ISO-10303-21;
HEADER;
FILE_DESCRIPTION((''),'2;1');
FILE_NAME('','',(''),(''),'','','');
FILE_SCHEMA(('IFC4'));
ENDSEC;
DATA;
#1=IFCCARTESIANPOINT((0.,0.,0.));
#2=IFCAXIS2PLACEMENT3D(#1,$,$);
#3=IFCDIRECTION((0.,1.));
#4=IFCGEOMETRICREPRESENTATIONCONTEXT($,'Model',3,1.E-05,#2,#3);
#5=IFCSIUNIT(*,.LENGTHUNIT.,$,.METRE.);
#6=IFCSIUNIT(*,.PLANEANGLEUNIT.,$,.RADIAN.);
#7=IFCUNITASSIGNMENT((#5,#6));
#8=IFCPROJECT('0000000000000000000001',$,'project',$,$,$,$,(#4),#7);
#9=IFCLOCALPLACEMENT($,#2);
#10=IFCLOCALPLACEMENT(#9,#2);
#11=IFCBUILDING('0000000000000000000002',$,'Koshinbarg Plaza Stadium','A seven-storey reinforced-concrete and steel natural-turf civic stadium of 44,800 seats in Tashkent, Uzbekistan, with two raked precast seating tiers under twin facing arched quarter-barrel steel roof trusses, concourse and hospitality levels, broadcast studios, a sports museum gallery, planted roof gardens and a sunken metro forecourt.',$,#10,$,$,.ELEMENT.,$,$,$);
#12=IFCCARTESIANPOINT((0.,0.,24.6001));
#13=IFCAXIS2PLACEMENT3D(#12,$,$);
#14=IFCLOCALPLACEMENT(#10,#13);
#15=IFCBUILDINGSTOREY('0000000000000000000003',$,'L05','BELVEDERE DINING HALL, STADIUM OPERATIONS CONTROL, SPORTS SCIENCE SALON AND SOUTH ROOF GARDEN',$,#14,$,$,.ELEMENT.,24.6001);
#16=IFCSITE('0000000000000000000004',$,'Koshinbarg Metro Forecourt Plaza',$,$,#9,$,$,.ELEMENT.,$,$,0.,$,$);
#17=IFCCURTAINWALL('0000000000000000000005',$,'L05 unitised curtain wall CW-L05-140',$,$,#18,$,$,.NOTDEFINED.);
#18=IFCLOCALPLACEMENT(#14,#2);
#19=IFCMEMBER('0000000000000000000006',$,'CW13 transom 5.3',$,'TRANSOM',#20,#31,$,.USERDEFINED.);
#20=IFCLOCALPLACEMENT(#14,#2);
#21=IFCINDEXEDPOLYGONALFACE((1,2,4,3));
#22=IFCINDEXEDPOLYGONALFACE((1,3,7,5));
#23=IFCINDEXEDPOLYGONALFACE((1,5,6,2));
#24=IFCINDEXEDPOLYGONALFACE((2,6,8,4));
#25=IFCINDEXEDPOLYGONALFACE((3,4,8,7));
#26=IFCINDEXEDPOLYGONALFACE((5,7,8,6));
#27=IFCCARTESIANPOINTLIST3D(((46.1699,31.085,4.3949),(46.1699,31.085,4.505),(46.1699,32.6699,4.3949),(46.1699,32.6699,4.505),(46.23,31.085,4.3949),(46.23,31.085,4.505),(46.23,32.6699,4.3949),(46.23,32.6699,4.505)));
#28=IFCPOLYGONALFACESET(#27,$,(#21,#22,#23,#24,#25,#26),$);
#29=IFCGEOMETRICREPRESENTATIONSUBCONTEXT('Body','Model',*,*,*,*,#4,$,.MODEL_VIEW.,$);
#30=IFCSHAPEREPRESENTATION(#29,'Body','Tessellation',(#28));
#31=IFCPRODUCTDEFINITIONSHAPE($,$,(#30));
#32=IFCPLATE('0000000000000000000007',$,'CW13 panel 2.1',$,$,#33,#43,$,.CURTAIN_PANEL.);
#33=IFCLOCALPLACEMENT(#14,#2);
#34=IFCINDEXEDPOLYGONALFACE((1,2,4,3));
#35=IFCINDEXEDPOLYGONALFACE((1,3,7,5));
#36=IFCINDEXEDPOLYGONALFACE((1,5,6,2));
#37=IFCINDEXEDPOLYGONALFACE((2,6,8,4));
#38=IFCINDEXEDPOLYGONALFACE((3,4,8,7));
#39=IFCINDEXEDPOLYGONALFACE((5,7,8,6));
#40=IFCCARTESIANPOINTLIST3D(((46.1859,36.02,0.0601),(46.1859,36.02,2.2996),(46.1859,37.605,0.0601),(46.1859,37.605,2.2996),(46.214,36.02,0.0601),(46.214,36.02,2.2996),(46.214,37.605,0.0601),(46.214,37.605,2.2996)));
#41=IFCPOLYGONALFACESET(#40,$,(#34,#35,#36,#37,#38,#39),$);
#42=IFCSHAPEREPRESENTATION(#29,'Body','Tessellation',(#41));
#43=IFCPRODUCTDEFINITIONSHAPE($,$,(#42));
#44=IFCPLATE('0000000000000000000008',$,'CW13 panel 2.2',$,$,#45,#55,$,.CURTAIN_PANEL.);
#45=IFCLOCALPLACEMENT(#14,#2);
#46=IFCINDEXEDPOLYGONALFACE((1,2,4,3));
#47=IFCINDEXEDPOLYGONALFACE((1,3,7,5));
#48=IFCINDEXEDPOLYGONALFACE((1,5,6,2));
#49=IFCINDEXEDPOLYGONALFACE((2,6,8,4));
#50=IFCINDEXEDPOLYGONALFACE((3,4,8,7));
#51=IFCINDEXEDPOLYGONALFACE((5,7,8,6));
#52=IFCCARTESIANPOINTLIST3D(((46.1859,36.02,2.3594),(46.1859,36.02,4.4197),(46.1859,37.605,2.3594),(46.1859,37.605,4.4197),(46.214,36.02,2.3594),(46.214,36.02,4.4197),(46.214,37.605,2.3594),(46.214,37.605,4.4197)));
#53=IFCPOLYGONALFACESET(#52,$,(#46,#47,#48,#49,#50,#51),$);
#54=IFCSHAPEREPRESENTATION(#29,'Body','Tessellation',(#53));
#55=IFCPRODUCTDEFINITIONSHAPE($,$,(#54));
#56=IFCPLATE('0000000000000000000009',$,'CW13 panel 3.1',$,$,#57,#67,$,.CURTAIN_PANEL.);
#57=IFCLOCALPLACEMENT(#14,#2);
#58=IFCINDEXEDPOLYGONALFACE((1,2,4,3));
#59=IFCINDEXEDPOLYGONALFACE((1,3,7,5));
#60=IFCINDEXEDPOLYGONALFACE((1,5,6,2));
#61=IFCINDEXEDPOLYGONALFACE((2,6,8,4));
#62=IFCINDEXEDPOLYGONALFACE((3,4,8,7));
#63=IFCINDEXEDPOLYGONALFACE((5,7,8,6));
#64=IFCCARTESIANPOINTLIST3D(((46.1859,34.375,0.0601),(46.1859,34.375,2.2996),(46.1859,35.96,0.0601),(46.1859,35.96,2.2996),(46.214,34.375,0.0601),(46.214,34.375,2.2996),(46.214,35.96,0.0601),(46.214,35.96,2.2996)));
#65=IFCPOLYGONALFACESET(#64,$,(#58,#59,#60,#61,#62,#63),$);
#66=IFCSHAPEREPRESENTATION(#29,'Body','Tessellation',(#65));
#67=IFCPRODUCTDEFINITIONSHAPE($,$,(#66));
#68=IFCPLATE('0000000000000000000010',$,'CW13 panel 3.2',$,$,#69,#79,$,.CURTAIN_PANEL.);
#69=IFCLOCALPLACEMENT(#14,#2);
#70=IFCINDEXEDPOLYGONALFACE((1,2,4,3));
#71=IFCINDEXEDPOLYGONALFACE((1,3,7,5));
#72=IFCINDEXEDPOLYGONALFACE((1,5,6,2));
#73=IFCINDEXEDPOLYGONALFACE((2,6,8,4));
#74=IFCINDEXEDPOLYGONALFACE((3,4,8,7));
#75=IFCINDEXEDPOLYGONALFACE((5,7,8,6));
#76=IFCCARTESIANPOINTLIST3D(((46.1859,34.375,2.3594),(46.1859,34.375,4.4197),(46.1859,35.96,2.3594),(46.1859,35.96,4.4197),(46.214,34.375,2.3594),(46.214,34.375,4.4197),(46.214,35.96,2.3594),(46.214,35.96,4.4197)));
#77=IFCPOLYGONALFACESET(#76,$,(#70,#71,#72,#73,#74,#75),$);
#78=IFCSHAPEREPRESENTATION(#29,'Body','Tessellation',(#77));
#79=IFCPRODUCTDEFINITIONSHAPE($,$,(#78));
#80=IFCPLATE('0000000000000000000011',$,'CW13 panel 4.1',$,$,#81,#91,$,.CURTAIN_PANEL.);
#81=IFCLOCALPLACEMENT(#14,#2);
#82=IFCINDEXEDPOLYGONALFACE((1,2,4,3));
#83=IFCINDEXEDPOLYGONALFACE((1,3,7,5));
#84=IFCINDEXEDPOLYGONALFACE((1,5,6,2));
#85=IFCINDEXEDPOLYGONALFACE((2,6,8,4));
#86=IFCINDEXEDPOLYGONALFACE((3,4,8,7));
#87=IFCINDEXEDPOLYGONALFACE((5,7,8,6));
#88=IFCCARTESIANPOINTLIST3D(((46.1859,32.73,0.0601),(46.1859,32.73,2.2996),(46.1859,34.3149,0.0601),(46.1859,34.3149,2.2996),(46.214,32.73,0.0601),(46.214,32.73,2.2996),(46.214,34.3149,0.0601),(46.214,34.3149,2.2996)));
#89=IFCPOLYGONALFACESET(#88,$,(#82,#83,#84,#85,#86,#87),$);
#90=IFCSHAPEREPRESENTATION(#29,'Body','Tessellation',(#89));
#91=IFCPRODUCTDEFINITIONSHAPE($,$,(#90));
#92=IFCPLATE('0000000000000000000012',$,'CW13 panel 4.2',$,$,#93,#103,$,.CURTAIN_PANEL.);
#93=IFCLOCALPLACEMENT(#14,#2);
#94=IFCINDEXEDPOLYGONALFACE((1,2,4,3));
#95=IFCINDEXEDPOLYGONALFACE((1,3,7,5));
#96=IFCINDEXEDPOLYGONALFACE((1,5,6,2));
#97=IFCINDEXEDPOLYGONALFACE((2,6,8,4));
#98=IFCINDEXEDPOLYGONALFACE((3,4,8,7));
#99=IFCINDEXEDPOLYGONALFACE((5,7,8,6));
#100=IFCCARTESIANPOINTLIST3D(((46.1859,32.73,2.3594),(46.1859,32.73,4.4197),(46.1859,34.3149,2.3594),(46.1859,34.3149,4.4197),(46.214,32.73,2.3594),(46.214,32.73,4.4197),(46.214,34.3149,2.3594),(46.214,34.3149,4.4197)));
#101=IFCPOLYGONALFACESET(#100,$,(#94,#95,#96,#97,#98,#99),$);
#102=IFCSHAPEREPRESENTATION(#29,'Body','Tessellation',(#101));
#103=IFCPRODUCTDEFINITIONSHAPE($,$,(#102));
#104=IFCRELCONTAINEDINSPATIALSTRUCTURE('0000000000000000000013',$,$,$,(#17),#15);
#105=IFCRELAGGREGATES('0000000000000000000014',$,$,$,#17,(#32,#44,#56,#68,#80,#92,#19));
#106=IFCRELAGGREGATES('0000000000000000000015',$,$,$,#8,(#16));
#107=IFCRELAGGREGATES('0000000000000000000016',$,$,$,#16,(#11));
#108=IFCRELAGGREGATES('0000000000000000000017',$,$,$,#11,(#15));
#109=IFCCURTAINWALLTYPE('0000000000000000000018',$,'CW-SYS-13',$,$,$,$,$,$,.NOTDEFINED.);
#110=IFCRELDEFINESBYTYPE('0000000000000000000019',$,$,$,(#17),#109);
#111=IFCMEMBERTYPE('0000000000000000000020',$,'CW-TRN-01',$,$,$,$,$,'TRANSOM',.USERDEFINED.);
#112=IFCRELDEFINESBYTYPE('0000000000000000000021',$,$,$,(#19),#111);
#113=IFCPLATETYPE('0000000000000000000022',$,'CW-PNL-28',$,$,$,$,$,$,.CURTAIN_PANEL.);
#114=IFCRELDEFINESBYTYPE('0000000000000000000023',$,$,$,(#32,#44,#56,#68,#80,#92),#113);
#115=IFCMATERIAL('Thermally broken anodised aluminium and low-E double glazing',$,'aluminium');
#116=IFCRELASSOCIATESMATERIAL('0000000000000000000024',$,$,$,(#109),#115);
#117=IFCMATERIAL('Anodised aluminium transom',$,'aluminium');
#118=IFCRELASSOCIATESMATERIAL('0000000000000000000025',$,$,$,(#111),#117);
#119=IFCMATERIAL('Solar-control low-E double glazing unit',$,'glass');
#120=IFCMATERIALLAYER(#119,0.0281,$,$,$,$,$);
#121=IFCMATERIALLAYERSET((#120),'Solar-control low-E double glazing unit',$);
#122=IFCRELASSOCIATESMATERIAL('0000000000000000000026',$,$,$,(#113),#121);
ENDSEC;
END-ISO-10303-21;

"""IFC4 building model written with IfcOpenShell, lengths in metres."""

from ifc_helpers import new_model, si_unit, direction, frame, origin, origin_2d, place, context, subcontext, project, spatial, rectangle, extrude, material, layer, layer_set, material_profile, profile_set, type_object, element, aggregate, save


model = new_model("IFC4")

# Units and contexts
model_context = context("Model", 3, precision=1e-05, world=origin(), true_north=direction((0.0, 1.0)))
body_context = subcontext(model_context, "Body", "Model", "MODEL_VIEW")
ifc_project = project(units=[si_unit("LENGTHUNIT", "METRE"), si_unit("PLANEANGLEUNIT", "RADIAN")], contexts=[model_context])

# Site, building, storey
site_placement = place(None, origin())
site = spatial("IfcSite", under=ifc_project, at=site_placement, Name="Koshinbarg Metro Forecourt Plaza", CompositionType="ELEMENT", RefElevation=0.0)
building_placement = place(site_placement, origin())
building = spatial("IfcBuilding", under=site, at=building_placement, Name="Koshinbarg Plaza Stadium", Description="A seven-storey reinforced-concrete and steel natural-turf civic stadium of 44,800 seats in Tashkent, Uzbekistan, with two raked precast seating tiers under twin facing arched quarter-barrel steel roof trusses, concourse and hospitality levels, broadcast studios, a sports museum gallery, planted roof gardens and a sunken metro forecourt.", CompositionType="ELEMENT")
storey_placement = place(building_placement, frame((0.0, 0.0, 24.6001)))
storey = spatial("IfcBuildingStorey", under=building, at=storey_placement, Name="L05", Description="BELVEDERE DINING HALL, STADIUM OPERATIONS CONTROL, SPORTS SCIENCE SALON AND SOUTH ROOF GARDEN", CompositionType="ELEMENT", Elevation=24.6001)

# Curtain wall, member, plates
ifc_material_1 = material(Name="Thermally broken anodised aluminium and low-E double glazing", Category="aluminium")
curtain_wall_type = type_object("IfcCurtainWallType", Name="CW-SYS-13", PredefinedType="NOTDEFINED", material=ifc_material_1)
curtain_wall_placement = place(storey_placement, origin())
curtain_wall = element("IfcCurtainWall", 1, at=curtain_wall_placement, inside=storey, type_object=curtain_wall_type, Name="L05 unitised curtain wall CW-L05-140", PredefinedType="NOTDEFINED")
ifc_material_2 = material(Name="Anodised aluminium transom", Category="aluminium")
ifc_material_profile_1 = material_profile(ifc_material_2, rectangle(XDim=0.0601, YDim=0.1101, at=origin_2d()), Name="ALU 60x110")
ifc_profile_set_1 = profile_set([ifc_material_profile_1], Name="Anodised aluminium transom")
member_type = type_object("IfcMemberType", Name="CW-TRN-01", ElementType="TRANSOM", PredefinedType="USERDEFINED", material=ifc_profile_set_1)
member_1_placement = place(storey_placement, frame((46.2, 32.6699, 4.45), z_axis=(0.0, -1.0, 0.0), x_axis=(1.0, 0.0, 0.0)))
member_1 = element("IfcMember", 2, at=member_1_placement, type_object=member_type, Name="CW13 transom 5.3", ObjectType="TRANSOM", PredefinedType="USERDEFINED", context=body_context, shape_type="SweptSolid", body=[
    extrude(rectangle(XDim=0.0601, YDim=0.1101, at=origin_2d()), origin(), (0.0, 0.0, 1.0), 1.585),
])
ifc_material_3 = material(Name="Solar-control low-E double glazing unit", Category="glass")
ifc_layer = layer(ifc_material_3, 0.0281)
ifc_layer_set = layer_set([ifc_layer], Name="Solar-control low-E double glazing unit")
plate_type = type_object("IfcPlateType", Name="CW-PNL-28", PredefinedType="CURTAIN_PANEL", material=ifc_layer_set)
plate_1_placement = place(storey_placement, frame((46.2, 36.8125, 0.0601), z_axis=(0.0, 0.0, 1.0), x_axis=(0.0, -1.0, 0.0)))
plate_1 = element("IfcPlate", 3, at=plate_1_placement, type_object=plate_type, Name="CW13 panel 2.1", PredefinedType="CURTAIN_PANEL", context=body_context, shape_type="SweptSolid", body=[
    extrude(rectangle(XDim=1.585, YDim=0.0281, at=origin_2d()), origin(), (0.0, 0.0, 1.0), 2.2395),
])
plate_2_placement = place(storey_placement, frame((46.2, 36.8125, 2.3594), z_axis=(0.0, 0.0, 1.0), x_axis=(0.0, -1.0, 0.0)))
plate_2 = element("IfcPlate", 4, at=plate_2_placement, type_object=plate_type, Name="CW13 panel 2.2", PredefinedType="CURTAIN_PANEL", context=body_context, shape_type="SweptSolid", body=[
    extrude(rectangle(XDim=1.585, YDim=0.0281, at=origin_2d()), origin(), (0.0, 0.0, 1.0), 2.0603),
])
plate_3_placement = place(storey_placement, frame((46.2, 35.1675, 0.0601), z_axis=(0.0, 0.0, 1.0), x_axis=(0.0, -1.0, 0.0)))
plate_3 = element("IfcPlate", 5, at=plate_3_placement, type_object=plate_type, Name="CW13 panel 3.1", PredefinedType="CURTAIN_PANEL", context=body_context, shape_type="SweptSolid", body=[
    extrude(rectangle(XDim=1.585, YDim=0.0281, at=origin_2d()), origin(), (0.0, 0.0, 1.0), 2.2395),
])
plate_4_placement = place(storey_placement, frame((46.2, 35.1675, 2.3594), z_axis=(0.0, 0.0, 1.0), x_axis=(0.0, -1.0, 0.0)))
plate_4 = element("IfcPlate", 6, at=plate_4_placement, type_object=plate_type, Name="CW13 panel 3.2", PredefinedType="CURTAIN_PANEL", context=body_context, shape_type="SweptSolid", body=[
    extrude(rectangle(XDim=1.585, YDim=0.0281, at=origin_2d()), origin(), (0.0, 0.0, 1.0), 2.0603),
])
plate_5_placement = place(storey_placement, frame((46.2, 33.5225, 0.0601), z_axis=(0.0, 0.0, 1.0), x_axis=(0.0, -1.0, 0.0)))
plate_5 = element("IfcPlate", 7, at=plate_5_placement, type_object=plate_type, Name="CW13 panel 4.1", PredefinedType="CURTAIN_PANEL", context=body_context, shape_type="SweptSolid", body=[
    extrude(rectangle(XDim=1.585, YDim=0.0281, at=origin_2d()), origin(), (0.0, 0.0, 1.0), 2.2395),
])
plate_6_placement = place(storey_placement, frame((46.2, 33.5225, 2.3594), z_axis=(0.0, 0.0, 1.0), x_axis=(0.0, -1.0, 0.0)))
plate_6 = element("IfcPlate", 8, at=plate_6_placement, type_object=plate_type, Name="CW13 panel 4.2", PredefinedType="CURTAIN_PANEL", context=body_context, shape_type="SweptSolid", body=[
    extrude(rectangle(XDim=1.585, YDim=0.0281, at=origin_2d()), origin(), (0.0, 0.0, 1.0), 2.0603),
])
aggregate(curtain_wall, [plate_1, plate_2, plate_3, plate_4, plate_5, plate_6, member_1])

save(model, "model.ifc")
